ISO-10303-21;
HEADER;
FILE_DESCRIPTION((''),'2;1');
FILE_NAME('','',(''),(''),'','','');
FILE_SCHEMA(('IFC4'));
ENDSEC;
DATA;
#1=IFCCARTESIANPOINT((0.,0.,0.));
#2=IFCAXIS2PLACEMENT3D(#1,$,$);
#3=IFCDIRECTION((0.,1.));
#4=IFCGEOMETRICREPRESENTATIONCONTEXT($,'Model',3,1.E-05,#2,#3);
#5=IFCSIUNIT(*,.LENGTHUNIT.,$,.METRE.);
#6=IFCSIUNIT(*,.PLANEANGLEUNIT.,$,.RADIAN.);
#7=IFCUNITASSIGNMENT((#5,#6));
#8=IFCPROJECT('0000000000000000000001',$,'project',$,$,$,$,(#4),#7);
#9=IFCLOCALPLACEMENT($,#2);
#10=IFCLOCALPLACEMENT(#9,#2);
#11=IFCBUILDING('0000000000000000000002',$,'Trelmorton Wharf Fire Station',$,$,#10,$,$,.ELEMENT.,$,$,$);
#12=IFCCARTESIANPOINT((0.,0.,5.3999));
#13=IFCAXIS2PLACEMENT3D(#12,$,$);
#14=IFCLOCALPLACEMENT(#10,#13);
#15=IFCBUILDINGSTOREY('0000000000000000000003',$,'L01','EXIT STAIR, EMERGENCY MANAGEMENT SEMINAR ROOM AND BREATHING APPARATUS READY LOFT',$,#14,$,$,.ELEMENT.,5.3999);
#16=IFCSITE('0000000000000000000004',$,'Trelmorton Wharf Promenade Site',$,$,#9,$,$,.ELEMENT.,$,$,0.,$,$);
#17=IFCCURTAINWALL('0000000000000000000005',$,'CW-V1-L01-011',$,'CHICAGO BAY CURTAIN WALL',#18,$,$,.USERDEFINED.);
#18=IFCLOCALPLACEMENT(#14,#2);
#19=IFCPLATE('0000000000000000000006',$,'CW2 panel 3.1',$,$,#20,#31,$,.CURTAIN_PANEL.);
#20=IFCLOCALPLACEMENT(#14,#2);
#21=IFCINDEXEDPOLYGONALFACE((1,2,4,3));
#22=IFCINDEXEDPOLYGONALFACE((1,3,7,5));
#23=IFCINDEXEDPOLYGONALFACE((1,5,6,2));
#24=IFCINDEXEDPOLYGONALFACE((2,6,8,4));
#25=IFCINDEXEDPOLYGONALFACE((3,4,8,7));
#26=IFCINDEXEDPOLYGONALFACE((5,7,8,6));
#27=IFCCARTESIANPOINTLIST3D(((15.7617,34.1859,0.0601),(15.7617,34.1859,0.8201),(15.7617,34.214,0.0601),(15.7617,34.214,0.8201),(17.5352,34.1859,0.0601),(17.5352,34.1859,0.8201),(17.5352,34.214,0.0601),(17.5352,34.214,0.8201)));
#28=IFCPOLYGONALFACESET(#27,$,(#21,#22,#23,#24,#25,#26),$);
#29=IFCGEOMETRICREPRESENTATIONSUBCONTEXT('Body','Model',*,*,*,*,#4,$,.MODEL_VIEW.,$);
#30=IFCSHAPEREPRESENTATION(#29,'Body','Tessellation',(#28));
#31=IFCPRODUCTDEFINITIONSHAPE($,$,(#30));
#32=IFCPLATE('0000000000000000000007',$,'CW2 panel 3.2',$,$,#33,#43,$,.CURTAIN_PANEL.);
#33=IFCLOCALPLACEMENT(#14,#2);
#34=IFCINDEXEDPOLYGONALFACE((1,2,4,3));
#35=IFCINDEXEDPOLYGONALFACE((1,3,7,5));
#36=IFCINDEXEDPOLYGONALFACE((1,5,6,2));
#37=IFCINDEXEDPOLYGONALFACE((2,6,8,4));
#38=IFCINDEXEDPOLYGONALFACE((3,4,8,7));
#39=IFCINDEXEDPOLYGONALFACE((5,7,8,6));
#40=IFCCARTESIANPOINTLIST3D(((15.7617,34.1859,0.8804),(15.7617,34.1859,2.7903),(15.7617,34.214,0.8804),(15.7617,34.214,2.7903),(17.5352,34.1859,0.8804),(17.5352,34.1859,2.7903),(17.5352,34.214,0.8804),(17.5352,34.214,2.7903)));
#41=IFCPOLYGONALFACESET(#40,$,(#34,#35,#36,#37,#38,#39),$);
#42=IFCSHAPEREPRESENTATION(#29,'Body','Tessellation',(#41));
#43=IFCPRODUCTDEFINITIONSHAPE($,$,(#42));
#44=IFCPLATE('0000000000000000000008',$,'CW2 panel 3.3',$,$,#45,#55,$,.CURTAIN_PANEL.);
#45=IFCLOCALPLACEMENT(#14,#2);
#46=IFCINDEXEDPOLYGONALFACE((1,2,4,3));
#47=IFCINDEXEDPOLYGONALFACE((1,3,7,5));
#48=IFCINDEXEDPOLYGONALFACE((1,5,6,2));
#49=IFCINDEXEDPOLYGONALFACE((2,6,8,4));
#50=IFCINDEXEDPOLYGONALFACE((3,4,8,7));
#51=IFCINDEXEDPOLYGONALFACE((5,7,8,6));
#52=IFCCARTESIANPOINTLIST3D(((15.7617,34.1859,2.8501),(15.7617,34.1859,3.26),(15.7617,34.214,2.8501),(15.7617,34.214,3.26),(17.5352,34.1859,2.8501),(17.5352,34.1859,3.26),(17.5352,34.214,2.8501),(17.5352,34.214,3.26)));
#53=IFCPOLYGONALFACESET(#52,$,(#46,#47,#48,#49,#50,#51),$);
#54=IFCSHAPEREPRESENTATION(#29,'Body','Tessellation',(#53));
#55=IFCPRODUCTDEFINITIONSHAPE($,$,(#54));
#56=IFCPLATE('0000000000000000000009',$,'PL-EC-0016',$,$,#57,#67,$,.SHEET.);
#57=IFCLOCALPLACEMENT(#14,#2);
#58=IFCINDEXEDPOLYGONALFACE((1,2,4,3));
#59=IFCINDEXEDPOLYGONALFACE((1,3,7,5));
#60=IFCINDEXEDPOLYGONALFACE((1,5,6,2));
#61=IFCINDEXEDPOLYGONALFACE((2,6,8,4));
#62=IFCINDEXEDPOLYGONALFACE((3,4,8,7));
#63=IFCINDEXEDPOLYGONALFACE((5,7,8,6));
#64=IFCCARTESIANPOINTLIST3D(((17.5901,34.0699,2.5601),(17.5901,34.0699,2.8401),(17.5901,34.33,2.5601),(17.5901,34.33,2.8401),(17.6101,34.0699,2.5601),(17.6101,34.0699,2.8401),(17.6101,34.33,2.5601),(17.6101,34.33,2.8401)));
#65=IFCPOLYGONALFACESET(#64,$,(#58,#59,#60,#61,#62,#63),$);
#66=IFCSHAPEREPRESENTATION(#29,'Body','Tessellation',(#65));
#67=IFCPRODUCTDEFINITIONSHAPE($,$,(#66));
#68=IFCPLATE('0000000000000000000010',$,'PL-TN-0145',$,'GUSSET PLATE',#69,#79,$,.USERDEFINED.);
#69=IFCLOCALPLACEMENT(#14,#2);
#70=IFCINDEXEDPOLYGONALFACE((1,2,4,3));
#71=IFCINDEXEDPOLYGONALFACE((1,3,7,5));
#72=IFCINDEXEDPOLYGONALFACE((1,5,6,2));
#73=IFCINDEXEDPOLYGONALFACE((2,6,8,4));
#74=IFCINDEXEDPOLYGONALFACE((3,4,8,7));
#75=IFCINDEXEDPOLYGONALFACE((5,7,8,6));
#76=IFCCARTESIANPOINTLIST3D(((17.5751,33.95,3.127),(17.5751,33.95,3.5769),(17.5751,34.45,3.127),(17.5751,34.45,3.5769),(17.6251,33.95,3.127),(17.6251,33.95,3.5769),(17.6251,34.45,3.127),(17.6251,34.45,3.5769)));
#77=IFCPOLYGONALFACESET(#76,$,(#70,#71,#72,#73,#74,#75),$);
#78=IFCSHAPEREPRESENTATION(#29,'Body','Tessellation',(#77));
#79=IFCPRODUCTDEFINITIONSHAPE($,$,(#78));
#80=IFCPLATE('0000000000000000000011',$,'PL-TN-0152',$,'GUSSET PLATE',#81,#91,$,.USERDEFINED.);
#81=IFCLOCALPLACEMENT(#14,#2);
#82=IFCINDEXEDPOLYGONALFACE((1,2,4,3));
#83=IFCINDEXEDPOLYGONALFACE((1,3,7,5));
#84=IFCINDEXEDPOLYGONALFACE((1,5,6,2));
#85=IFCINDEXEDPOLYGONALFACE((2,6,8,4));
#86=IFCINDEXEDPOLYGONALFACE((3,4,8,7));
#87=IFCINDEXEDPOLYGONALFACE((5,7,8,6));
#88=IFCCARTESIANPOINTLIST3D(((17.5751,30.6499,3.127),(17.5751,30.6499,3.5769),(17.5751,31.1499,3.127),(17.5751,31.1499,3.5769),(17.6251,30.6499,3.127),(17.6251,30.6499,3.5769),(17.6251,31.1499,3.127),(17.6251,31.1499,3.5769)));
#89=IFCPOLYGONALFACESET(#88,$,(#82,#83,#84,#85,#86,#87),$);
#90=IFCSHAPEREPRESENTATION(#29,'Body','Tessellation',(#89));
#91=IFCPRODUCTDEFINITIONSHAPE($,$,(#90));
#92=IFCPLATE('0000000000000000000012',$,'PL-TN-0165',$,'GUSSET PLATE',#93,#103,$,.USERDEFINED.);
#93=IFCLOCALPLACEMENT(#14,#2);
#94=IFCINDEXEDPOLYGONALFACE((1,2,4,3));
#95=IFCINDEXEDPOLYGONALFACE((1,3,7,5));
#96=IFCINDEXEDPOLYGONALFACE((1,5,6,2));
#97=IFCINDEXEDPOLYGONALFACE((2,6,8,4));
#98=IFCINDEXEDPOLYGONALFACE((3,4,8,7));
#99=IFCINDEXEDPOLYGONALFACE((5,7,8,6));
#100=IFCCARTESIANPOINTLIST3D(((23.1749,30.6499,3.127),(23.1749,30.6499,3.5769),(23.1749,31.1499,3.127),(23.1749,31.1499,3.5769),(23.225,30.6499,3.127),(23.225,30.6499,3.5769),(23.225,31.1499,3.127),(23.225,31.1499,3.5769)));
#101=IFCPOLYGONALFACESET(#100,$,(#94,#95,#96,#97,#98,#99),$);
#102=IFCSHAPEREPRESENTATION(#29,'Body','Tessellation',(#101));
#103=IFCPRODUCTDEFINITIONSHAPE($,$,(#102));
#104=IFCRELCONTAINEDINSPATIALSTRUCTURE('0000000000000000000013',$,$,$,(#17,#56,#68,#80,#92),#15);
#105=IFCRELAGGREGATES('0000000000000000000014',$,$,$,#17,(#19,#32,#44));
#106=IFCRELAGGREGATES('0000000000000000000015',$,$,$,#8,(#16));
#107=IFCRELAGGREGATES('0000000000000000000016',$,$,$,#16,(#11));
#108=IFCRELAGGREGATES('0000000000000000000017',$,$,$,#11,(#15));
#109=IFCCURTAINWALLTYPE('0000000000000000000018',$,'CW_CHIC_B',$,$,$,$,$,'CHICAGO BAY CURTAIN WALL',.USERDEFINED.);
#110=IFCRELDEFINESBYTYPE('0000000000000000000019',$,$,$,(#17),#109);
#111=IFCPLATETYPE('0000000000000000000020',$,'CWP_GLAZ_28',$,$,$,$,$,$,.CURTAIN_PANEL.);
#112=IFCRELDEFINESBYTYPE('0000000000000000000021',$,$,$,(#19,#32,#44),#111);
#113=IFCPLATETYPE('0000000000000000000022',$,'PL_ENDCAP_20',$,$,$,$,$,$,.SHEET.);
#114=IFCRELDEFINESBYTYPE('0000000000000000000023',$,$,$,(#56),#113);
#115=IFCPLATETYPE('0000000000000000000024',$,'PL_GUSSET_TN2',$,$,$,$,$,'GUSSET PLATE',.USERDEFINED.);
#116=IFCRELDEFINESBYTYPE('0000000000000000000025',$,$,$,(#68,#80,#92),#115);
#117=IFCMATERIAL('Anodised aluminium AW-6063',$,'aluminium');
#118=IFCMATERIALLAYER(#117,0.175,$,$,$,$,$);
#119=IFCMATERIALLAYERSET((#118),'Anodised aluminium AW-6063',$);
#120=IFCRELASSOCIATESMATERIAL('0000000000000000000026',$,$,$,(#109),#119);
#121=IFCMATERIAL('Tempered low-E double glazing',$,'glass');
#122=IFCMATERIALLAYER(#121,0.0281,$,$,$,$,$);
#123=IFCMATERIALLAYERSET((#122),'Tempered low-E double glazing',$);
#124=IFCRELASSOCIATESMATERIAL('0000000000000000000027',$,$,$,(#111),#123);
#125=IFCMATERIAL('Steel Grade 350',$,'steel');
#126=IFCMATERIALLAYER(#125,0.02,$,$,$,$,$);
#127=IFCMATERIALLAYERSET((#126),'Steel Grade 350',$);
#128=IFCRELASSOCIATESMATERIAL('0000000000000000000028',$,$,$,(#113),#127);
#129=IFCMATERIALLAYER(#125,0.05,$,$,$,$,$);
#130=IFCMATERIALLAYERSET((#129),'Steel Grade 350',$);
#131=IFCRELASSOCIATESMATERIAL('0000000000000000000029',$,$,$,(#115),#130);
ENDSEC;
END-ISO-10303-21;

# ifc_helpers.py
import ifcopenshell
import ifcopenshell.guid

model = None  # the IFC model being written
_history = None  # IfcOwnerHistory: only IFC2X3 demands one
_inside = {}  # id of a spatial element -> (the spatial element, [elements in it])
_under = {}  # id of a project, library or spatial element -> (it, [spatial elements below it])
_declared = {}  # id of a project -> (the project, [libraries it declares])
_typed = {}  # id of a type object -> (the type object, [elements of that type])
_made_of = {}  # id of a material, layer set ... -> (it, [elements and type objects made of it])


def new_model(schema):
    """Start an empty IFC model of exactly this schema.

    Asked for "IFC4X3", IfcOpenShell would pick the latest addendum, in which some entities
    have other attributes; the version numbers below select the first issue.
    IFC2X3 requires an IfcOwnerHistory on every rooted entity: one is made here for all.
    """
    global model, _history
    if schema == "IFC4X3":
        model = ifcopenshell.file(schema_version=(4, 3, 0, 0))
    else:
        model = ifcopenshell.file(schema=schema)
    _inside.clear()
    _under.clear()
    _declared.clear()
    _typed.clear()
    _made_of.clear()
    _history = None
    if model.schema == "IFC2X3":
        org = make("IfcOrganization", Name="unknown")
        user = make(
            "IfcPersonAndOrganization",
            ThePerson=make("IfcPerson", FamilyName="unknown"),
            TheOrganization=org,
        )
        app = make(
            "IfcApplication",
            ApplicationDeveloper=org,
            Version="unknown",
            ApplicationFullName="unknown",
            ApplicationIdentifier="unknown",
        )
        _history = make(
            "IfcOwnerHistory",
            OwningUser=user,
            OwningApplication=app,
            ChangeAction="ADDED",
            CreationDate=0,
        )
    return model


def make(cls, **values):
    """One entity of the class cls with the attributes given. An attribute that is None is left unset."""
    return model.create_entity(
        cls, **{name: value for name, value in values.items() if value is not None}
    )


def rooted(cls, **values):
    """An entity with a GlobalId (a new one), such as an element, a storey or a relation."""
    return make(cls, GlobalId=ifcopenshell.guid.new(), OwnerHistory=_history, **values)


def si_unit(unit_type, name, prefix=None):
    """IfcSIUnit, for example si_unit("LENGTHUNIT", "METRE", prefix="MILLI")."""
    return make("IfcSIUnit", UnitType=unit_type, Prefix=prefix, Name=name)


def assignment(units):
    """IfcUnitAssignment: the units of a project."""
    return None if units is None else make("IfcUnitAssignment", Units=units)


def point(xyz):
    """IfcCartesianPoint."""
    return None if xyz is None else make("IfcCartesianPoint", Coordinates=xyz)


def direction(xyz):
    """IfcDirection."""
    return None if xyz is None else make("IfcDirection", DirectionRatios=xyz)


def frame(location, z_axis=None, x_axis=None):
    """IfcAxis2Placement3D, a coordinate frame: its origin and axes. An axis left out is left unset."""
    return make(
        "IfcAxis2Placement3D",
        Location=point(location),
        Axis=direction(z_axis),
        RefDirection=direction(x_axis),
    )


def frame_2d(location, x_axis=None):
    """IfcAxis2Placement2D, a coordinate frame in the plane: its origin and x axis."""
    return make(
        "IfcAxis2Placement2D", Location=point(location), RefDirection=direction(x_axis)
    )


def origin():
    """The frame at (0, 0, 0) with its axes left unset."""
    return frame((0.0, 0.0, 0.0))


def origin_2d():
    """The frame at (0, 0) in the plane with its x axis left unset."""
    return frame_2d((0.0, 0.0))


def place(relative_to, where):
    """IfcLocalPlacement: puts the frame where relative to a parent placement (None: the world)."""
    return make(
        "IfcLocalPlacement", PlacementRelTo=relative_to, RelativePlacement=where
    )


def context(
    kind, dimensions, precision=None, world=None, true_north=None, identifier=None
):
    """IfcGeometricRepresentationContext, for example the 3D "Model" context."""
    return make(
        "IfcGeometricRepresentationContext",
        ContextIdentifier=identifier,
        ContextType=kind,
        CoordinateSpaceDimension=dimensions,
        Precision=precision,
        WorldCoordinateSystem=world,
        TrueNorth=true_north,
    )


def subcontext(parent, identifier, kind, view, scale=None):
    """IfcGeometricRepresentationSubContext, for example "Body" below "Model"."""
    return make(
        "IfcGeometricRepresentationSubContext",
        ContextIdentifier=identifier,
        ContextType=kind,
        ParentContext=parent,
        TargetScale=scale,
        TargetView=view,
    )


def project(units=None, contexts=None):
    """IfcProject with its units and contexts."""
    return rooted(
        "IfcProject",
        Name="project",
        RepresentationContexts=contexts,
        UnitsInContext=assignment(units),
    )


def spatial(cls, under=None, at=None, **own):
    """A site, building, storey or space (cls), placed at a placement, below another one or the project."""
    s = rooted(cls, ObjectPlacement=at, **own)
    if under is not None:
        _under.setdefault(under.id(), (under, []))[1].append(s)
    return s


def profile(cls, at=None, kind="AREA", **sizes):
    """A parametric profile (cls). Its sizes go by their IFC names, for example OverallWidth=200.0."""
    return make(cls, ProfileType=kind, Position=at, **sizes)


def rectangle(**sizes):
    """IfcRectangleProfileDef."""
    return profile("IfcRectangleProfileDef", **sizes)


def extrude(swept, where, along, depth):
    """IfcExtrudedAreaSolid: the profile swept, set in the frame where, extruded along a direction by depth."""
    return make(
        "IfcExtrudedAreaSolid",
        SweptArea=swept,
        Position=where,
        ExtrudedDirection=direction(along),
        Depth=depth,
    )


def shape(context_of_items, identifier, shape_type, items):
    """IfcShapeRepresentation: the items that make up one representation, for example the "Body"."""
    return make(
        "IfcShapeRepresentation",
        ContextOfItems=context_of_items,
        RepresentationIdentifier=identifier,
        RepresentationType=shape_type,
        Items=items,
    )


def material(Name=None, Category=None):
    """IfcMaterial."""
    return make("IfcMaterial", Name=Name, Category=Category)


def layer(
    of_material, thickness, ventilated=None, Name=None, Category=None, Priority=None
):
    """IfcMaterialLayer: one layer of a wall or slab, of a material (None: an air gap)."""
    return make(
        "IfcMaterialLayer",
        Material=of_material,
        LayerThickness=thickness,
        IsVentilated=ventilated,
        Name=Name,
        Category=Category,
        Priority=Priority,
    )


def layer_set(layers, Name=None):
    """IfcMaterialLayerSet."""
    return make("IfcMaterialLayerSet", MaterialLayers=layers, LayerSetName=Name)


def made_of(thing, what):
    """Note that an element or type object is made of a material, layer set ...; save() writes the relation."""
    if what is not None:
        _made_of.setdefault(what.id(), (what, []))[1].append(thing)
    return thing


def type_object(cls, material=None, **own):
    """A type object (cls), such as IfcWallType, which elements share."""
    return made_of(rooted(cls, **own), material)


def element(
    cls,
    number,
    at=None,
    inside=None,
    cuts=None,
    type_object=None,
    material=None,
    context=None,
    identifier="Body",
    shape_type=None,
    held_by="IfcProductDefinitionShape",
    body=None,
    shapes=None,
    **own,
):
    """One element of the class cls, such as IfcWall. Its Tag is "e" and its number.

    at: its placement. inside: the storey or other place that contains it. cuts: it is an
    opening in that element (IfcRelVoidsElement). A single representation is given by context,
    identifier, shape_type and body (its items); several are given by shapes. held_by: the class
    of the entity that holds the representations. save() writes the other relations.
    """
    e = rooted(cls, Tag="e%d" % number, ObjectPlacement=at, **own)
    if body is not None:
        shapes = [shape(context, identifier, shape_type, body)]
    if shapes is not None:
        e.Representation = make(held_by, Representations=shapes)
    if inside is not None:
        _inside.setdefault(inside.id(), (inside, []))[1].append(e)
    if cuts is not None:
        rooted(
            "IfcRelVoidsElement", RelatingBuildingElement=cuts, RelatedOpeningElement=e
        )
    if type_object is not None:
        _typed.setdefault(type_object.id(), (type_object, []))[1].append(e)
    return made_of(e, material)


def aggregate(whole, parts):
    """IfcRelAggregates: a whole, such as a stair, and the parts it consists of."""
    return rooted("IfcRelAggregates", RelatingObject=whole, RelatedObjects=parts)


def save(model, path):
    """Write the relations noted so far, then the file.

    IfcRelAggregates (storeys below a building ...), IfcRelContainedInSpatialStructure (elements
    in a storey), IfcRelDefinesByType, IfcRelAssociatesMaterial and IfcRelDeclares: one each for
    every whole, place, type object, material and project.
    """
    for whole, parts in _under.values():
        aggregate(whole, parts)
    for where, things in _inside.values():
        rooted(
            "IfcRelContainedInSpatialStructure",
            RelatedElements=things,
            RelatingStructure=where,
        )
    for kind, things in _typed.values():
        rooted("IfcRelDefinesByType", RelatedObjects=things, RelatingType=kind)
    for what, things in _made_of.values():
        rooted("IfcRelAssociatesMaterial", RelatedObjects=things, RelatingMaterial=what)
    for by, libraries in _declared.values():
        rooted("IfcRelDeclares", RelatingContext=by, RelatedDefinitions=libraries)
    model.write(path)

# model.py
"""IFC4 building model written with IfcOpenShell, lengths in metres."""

from ifc_helpers import new_model, si_unit, direction, frame, origin, origin_2d, place, context, subcontext, project, spatial, rectangle, extrude, material, layer, layer_set, type_object, element, aggregate, save


model = new_model("IFC4")

# Units and contexts
model_context = context("Model", 3, precision=1e-05, world=origin(), true_north=direction((0.0, 1.0)))
body_context = subcontext(model_context, "Body", "Model", "MODEL_VIEW")
ifc_project = project(units=[si_unit("LENGTHUNIT", "METRE"), si_unit("PLANEANGLEUNIT", "RADIAN")], contexts=[model_context])

# Site, building, storey
site_placement = place(None, origin())
site = spatial("IfcSite", under=ifc_project, at=site_placement, Name="Trelmorton Wharf Promenade Site", CompositionType="ELEMENT", RefElevation=0.0)
building_placement = place(site_placement, origin())
building = spatial("IfcBuilding", under=site, at=building_placement, Name="Trelmorton Wharf Fire Station", CompositionType="ELEMENT")
storey_placement = place(building_placement, frame((0.0, 0.0, 5.3999)))
storey = spatial("IfcBuildingStorey", under=building, at=storey_placement, Name="L01", Description="EXIT STAIR, EMERGENCY MANAGEMENT SEMINAR ROOM AND BREATHING APPARATUS READY LOFT", CompositionType="ELEMENT", Elevation=5.3999)

# Shared definitions
ifc_material_1 = material(Name="Steel Grade 350", Category="steel")

# Curtain wall
ifc_material_2 = material(Name="Anodised aluminium AW-6063", Category="aluminium")
ifc_layer_1 = layer(ifc_material_2, 0.175)
ifc_layer_set_1 = layer_set([ifc_layer_1], Name="Anodised aluminium AW-6063")
curtain_wall_type = type_object("IfcCurtainWallType", Name="CW_CHIC_B", ElementType="CHICAGO BAY CURTAIN WALL", PredefinedType="USERDEFINED", material=ifc_layer_set_1)
curtain_wall_placement = place(storey_placement, origin())
curtain_wall = element("IfcCurtainWall", 1, at=curtain_wall_placement, inside=storey, type_object=curtain_wall_type, Name="CW-V1-L01-011", ObjectType="CHICAGO BAY CURTAIN WALL", PredefinedType="USERDEFINED")

# Plates
ifc_material_3 = material(Name="Tempered low-E double glazing", Category="glass")
ifc_layer_2 = layer(ifc_material_3, 0.0281)
ifc_layer_set_2 = layer_set([ifc_layer_2], Name="Tempered low-E double glazing")
plate_type_1 = type_object("IfcPlateType", Name="CWP_GLAZ_28", PredefinedType="CURTAIN_PANEL", material=ifc_layer_set_2)
plate_1_placement = place(storey_placement, frame((16.6484, 34.2, 0.0601), z_axis=(0.0, 0.0, 1.0), x_axis=(1.0, 0.0, 0.0)))
plate_1 = element("IfcPlate", 2, at=plate_1_placement, type_object=plate_type_1, Name="CW2 panel 3.1", PredefinedType="CURTAIN_PANEL", context=body_context, shape_type="SweptSolid", body=[
    extrude(rectangle(XDim=1.7734, YDim=0.0281, at=origin_2d()), origin(), (0.0, 0.0, 1.0), 0.76),
])
plate_2_placement = place(storey_placement, frame((16.6484, 34.2, 0.8804), z_axis=(0.0, 0.0, 1.0), x_axis=(1.0, 0.0, 0.0)))
plate_2 = element("IfcPlate", 3, at=plate_2_placement, type_object=plate_type_1, Name="CW2 panel 3.2", PredefinedType="CURTAIN_PANEL", context=body_context, shape_type="SweptSolid", body=[
    extrude(rectangle(XDim=1.7734, YDim=0.0281, at=origin_2d()), origin(), (0.0, 0.0, 1.0), 1.9099),
])
plate_3_placement = place(storey_placement, frame((16.6484, 34.2, 2.8501), z_axis=(0.0, 0.0, 1.0), x_axis=(1.0, 0.0, 0.0)))
plate_3 = element("IfcPlate", 4, at=plate_3_placement, type_object=plate_type_1, Name="CW2 panel 3.3", PredefinedType="CURTAIN_PANEL", context=body_context, shape_type="SweptSolid", body=[
    extrude(rectangle(XDim=1.7734, YDim=0.0281, at=origin_2d()), origin(), (0.0, 0.0, 1.0), 0.4099),
])
aggregate(curtain_wall, [plate_1, plate_2, plate_3])

# Plates
ifc_layer_3 = layer(ifc_material_1, 0.02)
ifc_layer_set_3 = layer_set([ifc_layer_3], Name="Steel Grade 350")
plate_type_2 = type_object("IfcPlateType", Name="PL_ENDCAP_20", PredefinedType="SHEET", material=ifc_layer_set_3)
plate_4_placement = place(storey_placement, frame((17.6001, 34.2, 2.5601), z_axis=(0.0, 0.0, 1.0), x_axis=(1.0, 0.0, 0.0)))
element("IfcPlate", 5, at=plate_4_placement, inside=storey, type_object=plate_type_2, Name="PL-EC-0016", PredefinedType="SHEET", context=body_context, shape_type="SweptSolid", body=[
    extrude(rectangle(XDim=0.02, YDim=0.26, at=origin_2d()), origin(), (0.0, 0.0, 1.0), 0.28),
])
ifc_layer_4 = layer(ifc_material_1, 0.05)
ifc_layer_set_4 = layer_set([ifc_layer_4], Name="Steel Grade 350")
plate_type_3 = type_object("IfcPlateType", Name="PL_GUSSET_TN2", ElementType="GUSSET PLATE", PredefinedType="USERDEFINED", material=ifc_layer_set_4)
for number, where, z_axis, x_axis, name in (
    (6, (17.6001, 34.2, 3.127), (0.0, 0.0, 1.0), (1.0, 0.0, 0.0), "PL-TN-0145"),
    (7, (17.6001, 30.8999, 3.127), (0.0, 0.0, 1.0), (1.0, 0.0, 0.0), "PL-TN-0152"),
    (8, (23.2, 30.8999, 3.127), (0.0, 0.0, 1.0), (1.0, 0.0, 0.0), "PL-TN-0165"),
):
    element("IfcPlate", number, at=place(storey_placement, frame(where, z_axis=z_axis, x_axis=x_axis)), inside=storey, type_object=plate_type_3, Name=name, ObjectType="GUSSET PLATE", PredefinedType="USERDEFINED", context=body_context, shape_type="SweptSolid", body=[
        extrude(rectangle(XDim=0.05, YDim=0.5, at=origin_2d()), origin(), (0.0, 0.0, 1.0), 0.45),
    ])

save(model, "model.ifc")
